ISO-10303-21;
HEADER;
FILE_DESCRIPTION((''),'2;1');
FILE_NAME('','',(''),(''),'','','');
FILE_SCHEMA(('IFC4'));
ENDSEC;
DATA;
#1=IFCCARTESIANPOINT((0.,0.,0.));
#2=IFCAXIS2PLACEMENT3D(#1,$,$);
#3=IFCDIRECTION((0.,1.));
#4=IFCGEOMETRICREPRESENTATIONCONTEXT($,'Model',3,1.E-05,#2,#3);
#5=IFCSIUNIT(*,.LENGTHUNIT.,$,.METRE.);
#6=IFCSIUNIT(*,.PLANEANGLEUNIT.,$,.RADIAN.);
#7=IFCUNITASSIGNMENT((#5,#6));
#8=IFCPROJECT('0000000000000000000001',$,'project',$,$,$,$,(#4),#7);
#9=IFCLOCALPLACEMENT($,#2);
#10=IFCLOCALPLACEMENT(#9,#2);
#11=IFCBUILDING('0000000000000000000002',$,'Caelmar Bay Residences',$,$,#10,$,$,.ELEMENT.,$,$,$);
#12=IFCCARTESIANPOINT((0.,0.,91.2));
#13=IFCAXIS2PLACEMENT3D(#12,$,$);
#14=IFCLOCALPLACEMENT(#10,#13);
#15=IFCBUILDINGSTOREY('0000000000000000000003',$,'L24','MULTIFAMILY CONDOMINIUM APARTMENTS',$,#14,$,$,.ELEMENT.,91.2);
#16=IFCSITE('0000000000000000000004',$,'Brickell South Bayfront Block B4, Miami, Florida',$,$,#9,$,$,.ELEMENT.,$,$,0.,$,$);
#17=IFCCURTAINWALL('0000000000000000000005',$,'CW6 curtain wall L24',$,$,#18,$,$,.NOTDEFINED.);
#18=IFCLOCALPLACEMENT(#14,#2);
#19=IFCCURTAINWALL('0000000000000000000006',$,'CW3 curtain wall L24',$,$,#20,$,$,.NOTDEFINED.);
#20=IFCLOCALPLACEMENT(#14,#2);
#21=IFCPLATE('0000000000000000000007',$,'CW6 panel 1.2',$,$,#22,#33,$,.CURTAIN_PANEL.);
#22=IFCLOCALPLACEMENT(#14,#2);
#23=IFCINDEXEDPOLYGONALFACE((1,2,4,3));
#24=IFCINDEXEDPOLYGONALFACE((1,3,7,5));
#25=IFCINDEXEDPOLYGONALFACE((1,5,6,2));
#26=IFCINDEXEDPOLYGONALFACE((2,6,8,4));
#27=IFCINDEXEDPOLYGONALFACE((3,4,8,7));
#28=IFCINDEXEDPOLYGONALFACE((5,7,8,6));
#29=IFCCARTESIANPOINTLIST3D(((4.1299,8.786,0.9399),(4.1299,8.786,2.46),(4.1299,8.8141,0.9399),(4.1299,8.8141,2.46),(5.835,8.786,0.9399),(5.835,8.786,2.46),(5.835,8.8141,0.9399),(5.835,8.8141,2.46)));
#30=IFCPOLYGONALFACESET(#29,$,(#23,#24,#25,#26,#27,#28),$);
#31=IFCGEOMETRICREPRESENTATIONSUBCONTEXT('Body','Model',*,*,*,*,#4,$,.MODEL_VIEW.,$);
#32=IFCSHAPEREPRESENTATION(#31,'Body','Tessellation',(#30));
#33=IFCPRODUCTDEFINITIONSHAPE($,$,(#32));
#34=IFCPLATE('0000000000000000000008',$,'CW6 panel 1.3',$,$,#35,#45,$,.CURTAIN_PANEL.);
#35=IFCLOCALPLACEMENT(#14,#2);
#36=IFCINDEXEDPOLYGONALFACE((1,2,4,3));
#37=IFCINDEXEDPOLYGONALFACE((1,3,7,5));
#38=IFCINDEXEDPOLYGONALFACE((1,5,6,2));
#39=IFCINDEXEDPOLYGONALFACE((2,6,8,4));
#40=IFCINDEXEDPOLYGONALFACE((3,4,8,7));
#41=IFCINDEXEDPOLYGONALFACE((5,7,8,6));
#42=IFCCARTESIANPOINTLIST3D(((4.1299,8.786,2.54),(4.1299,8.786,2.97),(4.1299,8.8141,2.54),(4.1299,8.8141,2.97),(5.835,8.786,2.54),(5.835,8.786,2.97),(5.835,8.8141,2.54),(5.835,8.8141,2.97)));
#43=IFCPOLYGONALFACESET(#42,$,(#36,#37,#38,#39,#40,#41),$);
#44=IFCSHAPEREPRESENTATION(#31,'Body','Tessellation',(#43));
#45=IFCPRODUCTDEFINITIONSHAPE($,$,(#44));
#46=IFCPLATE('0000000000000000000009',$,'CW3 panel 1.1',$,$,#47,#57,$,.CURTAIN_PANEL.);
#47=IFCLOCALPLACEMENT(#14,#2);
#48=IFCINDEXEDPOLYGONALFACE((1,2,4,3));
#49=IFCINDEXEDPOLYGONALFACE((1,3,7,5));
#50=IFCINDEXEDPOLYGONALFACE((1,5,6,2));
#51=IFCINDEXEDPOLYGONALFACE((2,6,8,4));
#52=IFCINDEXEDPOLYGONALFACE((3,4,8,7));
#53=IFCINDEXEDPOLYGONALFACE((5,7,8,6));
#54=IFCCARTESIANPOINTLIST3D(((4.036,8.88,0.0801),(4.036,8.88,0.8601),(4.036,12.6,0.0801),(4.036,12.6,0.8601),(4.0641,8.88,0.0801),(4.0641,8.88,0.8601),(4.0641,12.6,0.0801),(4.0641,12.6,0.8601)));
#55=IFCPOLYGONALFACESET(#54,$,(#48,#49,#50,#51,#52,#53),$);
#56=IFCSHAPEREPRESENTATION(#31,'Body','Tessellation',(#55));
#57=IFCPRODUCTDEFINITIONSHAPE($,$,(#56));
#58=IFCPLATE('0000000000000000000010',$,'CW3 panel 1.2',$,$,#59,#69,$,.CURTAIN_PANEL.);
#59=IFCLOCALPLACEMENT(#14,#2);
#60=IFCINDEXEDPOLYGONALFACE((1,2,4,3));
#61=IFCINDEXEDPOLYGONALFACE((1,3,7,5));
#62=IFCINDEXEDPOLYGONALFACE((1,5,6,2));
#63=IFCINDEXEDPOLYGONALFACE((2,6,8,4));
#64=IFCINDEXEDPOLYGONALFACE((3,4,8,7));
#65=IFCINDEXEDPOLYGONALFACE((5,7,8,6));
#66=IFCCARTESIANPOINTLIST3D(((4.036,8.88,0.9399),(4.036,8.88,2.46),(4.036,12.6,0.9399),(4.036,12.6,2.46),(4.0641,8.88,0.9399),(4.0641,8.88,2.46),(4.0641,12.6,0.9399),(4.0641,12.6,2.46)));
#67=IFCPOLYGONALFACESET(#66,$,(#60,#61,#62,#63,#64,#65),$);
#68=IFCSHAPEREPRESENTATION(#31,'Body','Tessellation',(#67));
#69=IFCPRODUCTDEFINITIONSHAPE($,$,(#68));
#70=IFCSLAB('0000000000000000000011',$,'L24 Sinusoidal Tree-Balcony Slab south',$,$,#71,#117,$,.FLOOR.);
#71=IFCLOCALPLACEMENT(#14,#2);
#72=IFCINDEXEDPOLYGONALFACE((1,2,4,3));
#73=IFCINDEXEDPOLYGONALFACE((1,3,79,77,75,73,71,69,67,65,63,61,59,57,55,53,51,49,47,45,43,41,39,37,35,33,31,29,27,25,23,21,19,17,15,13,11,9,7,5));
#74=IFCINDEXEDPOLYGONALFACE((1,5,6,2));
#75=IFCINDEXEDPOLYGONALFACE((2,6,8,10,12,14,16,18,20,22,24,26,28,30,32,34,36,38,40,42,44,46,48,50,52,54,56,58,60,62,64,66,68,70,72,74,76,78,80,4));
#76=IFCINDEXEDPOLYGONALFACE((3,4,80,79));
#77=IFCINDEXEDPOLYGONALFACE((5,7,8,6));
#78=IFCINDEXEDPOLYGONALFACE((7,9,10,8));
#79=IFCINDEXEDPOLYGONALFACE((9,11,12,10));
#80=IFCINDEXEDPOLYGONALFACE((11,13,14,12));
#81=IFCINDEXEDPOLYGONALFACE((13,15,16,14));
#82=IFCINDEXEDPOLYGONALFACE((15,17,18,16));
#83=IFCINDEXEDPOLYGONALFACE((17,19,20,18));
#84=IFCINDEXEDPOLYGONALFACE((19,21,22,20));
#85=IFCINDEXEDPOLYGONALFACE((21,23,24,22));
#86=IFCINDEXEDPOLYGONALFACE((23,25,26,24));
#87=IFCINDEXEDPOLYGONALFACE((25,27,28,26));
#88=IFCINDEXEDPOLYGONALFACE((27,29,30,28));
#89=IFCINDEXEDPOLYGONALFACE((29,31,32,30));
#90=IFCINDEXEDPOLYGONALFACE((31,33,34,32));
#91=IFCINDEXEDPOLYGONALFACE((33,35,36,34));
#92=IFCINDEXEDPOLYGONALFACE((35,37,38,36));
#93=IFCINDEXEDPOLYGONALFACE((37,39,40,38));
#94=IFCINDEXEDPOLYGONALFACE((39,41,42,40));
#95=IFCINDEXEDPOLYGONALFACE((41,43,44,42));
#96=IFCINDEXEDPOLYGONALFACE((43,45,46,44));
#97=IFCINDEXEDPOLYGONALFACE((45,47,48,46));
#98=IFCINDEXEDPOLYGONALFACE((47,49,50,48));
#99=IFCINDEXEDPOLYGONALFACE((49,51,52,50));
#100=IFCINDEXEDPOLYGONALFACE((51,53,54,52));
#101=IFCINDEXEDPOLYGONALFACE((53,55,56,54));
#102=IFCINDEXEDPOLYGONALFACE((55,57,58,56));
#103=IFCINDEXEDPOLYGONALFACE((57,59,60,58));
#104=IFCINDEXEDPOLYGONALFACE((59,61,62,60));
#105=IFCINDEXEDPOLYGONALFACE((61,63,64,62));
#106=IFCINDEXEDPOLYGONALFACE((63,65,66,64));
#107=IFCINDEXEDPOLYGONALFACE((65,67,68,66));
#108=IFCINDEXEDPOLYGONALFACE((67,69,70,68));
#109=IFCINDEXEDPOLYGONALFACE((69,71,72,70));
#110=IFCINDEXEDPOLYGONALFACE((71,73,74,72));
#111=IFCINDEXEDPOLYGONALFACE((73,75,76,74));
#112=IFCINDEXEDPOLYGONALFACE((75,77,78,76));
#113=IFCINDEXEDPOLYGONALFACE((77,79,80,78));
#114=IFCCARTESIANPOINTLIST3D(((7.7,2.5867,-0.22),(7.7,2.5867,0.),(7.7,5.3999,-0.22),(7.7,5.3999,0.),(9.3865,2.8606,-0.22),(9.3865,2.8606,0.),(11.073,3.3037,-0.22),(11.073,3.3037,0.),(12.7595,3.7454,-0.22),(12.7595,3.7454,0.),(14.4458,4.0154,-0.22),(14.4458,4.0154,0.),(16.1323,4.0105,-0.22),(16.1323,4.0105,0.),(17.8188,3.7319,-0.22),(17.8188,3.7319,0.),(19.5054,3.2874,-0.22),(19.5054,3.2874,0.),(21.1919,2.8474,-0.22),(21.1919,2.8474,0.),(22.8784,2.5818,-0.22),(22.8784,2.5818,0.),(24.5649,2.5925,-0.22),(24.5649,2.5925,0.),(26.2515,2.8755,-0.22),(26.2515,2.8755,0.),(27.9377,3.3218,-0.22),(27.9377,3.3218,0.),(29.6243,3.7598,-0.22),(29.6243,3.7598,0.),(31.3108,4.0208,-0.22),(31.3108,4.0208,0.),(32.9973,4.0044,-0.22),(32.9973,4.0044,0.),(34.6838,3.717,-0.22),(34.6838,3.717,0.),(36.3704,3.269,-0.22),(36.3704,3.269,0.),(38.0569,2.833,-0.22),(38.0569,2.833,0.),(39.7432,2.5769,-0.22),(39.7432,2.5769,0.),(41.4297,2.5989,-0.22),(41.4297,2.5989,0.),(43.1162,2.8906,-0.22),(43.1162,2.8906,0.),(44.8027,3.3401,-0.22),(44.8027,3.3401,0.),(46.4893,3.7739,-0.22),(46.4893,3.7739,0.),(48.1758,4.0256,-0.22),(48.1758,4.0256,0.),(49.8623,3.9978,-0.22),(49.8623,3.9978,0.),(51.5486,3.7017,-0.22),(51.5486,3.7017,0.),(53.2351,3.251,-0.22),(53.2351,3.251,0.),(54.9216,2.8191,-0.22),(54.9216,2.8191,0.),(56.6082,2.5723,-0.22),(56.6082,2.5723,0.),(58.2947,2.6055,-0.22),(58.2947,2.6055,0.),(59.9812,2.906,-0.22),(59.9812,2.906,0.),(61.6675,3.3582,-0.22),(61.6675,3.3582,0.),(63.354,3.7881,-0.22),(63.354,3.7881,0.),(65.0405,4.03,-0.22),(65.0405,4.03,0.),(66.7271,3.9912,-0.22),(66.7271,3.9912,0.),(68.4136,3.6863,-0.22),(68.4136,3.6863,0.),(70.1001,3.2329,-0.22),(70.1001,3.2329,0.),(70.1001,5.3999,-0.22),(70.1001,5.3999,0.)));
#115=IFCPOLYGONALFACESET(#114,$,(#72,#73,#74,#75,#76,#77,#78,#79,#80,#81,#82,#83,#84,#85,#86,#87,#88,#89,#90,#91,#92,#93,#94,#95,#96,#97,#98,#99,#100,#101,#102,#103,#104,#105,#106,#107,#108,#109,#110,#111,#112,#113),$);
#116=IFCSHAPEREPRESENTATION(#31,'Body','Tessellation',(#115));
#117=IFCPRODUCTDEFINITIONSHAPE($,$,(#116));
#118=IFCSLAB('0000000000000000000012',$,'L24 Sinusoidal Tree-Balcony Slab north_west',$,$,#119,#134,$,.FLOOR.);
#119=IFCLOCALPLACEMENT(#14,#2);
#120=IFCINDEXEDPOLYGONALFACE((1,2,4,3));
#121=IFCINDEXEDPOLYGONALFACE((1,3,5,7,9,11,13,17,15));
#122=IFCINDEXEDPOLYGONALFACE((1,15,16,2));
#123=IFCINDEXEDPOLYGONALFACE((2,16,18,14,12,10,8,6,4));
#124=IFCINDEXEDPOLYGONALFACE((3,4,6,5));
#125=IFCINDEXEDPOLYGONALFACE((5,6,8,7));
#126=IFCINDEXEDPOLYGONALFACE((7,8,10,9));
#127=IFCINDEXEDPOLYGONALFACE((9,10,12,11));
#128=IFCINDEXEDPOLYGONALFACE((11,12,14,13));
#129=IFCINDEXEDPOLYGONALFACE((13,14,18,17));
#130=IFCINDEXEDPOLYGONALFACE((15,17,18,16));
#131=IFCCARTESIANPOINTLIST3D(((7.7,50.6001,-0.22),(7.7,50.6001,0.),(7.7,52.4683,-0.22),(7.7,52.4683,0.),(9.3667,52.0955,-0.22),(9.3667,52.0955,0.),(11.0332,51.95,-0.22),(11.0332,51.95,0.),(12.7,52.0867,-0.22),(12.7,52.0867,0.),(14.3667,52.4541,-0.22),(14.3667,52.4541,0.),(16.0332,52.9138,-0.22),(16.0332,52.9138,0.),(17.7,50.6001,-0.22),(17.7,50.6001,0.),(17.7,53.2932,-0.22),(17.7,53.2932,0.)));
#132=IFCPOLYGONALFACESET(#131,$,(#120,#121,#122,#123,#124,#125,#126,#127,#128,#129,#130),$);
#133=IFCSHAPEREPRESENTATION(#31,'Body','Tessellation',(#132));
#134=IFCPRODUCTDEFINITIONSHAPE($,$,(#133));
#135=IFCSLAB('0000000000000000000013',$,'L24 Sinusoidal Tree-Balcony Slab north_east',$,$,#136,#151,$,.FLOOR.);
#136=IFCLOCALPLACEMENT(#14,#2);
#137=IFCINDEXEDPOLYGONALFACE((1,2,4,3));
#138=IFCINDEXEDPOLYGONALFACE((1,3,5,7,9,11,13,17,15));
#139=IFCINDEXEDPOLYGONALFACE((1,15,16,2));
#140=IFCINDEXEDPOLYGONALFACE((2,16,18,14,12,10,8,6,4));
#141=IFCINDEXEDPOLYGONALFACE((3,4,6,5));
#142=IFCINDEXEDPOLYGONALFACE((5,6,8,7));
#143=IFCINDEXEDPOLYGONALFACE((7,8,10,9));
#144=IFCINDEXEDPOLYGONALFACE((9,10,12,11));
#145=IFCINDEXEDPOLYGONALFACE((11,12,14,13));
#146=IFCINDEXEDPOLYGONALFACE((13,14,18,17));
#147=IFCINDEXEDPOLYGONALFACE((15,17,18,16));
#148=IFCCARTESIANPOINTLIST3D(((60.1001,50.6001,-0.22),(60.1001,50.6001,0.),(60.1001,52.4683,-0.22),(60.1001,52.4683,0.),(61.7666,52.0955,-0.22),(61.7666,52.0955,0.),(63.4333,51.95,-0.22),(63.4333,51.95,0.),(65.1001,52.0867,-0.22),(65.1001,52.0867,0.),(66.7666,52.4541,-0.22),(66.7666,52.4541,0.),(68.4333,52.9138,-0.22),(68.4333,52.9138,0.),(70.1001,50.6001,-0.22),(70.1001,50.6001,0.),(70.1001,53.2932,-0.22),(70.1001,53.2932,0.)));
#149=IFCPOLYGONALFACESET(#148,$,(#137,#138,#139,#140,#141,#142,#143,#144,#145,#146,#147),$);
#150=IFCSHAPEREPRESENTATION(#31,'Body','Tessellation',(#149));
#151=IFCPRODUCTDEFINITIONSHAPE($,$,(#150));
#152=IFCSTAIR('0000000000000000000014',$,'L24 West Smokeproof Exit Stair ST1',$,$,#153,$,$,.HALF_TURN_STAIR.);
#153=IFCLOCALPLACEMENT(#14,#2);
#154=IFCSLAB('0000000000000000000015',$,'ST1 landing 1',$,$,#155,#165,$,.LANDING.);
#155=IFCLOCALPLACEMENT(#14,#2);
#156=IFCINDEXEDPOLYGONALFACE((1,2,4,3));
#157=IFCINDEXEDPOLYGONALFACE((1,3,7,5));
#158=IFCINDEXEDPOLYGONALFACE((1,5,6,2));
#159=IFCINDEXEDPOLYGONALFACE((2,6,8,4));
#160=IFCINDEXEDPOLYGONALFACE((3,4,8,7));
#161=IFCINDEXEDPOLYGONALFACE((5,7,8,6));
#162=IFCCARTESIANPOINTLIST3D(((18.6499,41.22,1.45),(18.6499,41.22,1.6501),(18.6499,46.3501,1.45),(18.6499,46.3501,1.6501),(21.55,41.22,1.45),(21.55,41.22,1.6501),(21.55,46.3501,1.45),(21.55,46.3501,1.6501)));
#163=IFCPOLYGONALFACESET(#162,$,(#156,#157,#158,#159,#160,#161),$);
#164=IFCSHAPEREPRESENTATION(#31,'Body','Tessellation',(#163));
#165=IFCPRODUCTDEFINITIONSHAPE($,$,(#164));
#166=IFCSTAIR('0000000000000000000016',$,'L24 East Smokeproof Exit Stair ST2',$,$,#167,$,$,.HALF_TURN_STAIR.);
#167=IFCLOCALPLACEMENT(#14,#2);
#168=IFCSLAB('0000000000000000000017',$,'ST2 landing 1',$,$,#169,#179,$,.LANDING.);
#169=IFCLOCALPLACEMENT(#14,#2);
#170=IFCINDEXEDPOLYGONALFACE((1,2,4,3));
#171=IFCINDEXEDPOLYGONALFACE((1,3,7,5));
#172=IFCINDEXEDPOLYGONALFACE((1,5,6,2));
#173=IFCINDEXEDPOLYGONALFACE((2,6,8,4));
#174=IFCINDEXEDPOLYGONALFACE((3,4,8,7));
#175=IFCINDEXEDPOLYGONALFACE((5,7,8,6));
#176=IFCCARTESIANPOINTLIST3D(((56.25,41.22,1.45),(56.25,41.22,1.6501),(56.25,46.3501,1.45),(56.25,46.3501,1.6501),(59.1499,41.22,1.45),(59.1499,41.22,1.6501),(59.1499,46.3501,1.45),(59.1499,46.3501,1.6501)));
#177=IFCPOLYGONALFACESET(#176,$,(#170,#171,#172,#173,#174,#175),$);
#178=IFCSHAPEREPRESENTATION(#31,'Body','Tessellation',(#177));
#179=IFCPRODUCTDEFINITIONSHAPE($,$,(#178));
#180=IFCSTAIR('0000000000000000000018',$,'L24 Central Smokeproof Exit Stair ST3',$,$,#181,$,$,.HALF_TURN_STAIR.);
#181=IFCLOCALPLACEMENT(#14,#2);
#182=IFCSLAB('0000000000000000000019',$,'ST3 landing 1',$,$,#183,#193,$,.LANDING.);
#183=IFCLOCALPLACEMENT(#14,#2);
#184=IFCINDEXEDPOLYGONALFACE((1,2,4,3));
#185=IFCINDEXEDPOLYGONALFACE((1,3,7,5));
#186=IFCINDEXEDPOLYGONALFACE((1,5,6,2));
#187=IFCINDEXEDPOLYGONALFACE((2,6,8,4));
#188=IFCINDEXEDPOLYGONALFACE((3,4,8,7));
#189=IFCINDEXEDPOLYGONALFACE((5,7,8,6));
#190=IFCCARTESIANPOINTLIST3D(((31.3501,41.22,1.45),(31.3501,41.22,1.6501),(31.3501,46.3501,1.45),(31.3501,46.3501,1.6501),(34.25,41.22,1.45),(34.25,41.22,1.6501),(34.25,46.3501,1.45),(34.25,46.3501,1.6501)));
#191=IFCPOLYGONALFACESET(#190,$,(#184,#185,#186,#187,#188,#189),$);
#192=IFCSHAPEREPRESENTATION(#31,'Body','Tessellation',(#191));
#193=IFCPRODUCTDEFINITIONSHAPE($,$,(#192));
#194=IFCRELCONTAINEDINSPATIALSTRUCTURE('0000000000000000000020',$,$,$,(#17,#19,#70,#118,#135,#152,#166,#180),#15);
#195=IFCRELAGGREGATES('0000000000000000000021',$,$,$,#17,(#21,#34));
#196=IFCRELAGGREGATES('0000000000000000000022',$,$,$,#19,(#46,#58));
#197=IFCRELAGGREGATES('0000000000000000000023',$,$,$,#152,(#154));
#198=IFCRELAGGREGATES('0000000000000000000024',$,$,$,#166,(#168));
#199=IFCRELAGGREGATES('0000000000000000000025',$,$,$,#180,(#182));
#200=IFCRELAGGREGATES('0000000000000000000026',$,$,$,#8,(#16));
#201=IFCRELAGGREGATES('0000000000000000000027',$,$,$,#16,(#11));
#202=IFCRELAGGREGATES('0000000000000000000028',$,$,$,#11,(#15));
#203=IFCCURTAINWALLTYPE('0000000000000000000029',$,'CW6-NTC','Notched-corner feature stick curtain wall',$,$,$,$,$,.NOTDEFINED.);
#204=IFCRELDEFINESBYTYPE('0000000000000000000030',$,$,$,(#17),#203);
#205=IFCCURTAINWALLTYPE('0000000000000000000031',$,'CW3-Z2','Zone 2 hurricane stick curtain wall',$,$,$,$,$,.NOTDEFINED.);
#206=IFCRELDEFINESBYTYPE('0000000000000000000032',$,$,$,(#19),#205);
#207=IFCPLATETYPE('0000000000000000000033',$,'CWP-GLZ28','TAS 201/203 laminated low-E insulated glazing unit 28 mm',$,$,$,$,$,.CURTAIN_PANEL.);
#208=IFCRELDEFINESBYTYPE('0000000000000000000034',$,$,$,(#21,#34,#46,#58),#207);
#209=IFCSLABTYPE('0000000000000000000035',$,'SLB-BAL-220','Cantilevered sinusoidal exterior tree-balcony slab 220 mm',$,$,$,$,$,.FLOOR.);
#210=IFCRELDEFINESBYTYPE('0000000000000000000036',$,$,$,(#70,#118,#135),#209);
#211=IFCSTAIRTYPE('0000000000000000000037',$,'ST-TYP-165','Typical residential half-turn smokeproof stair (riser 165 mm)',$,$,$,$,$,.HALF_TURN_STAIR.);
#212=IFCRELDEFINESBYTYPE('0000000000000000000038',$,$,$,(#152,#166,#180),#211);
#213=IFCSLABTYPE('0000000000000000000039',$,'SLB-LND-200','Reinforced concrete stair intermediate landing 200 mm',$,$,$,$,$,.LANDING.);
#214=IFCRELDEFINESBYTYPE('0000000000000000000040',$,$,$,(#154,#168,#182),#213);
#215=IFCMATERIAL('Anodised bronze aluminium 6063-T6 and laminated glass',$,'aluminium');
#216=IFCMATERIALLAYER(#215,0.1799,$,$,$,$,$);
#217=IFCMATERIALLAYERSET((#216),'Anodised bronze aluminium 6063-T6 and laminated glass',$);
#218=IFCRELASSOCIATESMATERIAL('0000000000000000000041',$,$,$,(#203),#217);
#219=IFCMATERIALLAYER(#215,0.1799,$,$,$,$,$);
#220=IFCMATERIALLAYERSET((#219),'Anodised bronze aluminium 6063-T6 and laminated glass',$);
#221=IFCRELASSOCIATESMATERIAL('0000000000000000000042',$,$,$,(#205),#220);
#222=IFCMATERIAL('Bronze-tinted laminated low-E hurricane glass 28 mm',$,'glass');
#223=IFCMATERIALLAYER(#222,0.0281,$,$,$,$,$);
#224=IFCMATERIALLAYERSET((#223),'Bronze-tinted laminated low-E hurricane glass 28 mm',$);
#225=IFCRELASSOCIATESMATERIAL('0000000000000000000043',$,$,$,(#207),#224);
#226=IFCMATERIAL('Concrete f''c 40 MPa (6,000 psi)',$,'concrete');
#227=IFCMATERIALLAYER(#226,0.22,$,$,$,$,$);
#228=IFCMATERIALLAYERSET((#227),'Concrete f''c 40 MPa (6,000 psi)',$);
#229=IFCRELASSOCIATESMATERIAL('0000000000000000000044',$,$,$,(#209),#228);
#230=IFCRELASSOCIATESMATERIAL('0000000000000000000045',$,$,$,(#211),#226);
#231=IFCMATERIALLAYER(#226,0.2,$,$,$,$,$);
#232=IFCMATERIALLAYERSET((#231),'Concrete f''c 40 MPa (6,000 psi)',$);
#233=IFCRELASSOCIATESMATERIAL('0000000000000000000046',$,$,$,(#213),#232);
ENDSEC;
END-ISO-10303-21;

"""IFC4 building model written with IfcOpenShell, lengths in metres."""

from ifc_helpers import new_model, si_unit, direction, frame, origin, origin_2d, place, context, subcontext, project, spatial, polyline, rectangle, outline, extrude, material, layer, layer_set, type_object, element, aggregate, save


model = new_model("IFC4")

# Units and contexts
model_context = context("Model", 3, precision=1e-05, world=origin(), true_north=direction((0.0, 1.0)))
body_context = subcontext(model_context, "Body", "Model", "MODEL_VIEW")
ifc_project = project(units=[si_unit("LENGTHUNIT", "METRE"), si_unit("PLANEANGLEUNIT", "RADIAN")], contexts=[model_context])

# Site, building, storey
site_placement = place(None, origin())
site = spatial("IfcSite", under=ifc_project, at=site_placement, Name="Brickell South Bayfront Block B4, Miami, Florida", CompositionType="ELEMENT", RefElevation=0.0)
building_placement = place(site_placement, origin())
building = spatial("IfcBuilding", under=site, at=building_placement, Name="Caelmar Bay Residences", CompositionType="ELEMENT")
storey_placement = place(building_placement, frame((0.0, 0.0, 91.2)))
storey = spatial("IfcBuildingStorey", under=building, at=storey_placement, Name="L24", Description="MULTIFAMILY CONDOMINIUM APARTMENTS", CompositionType="ELEMENT", Elevation=91.2)

# Curtain wall
ifc_material_1 = material(Name="Anodised bronze aluminium 6063-T6 and laminated glass", Category="aluminium")
ifc_layer_1 = layer(ifc_material_1, 0.1799)
ifc_layer_set_1 = layer_set([ifc_layer_1], Name="Anodised bronze aluminium 6063-T6 and laminated glass")
curtain_wall_type_1 = type_object("IfcCurtainWallType", Name="CW6-NTC", Description="Notched-corner feature stick curtain wall", PredefinedType="NOTDEFINED", material=ifc_layer_set_1)
curtain_wall_1_placement = place(storey_placement, origin())
curtain_wall_1 = element("IfcCurtainWall", 1, at=curtain_wall_1_placement, inside=storey, type_object=curtain_wall_type_1, Name="CW6 curtain wall L24", PredefinedType="NOTDEFINED")

# Curtain wall
ifc_layer_2 = layer(ifc_material_1, 0.1799)
ifc_layer_set_2 = layer_set([ifc_layer_2], Name="Anodised bronze aluminium 6063-T6 and laminated glass")
curtain_wall_type_2 = type_object("IfcCurtainWallType", Name="CW3-Z2", Description="Zone 2 hurricane stick curtain wall", PredefinedType="NOTDEFINED", material=ifc_layer_set_2)
curtain_wall_2_placement = place(storey_placement, origin())
curtain_wall_2 = element("IfcCurtainWall", 2, at=curtain_wall_2_placement, inside=storey, type_object=curtain_wall_type_2, Name="CW3 curtain wall L24", PredefinedType="NOTDEFINED")

# Plates
ifc_material_2 = material(Name="Bronze-tinted laminated low-E hurricane glass 28 mm", Category="glass")
ifc_layer_3 = layer(ifc_material_2, 0.0281)
ifc_layer_set_3 = layer_set([ifc_layer_3], Name="Bronze-tinted laminated low-E hurricane glass 28 mm")
plate_type = type_object("IfcPlateType", Name="CWP-GLZ28", Description="TAS 201/203 laminated low-E insulated glazing unit 28 mm", PredefinedType="CURTAIN_PANEL", material=ifc_layer_set_3)
plate_1_placement = place(storey_placement, frame((4.9824, 8.8, 0.9399), z_axis=(0.0, 0.0, 1.0), x_axis=(1.0, 0.0, 0.0)))
plate_1 = element("IfcPlate", 3, at=plate_1_placement, type_object=plate_type, Name="CW6 panel 1.2", PredefinedType="CURTAIN_PANEL", context=body_context, shape_type="SweptSolid", body=[
    extrude(rectangle(XDim=1.7051, YDim=0.0281, at=origin_2d()), origin(), (0.0, 0.0, 1.0), 1.52),
])
plate_2_placement = place(storey_placement, frame((4.9824, 8.8, 2.54), z_axis=(0.0, 0.0, 1.0), x_axis=(1.0, 0.0, 0.0)))
plate_2 = element("IfcPlate", 4, at=plate_2_placement, type_object=plate_type, Name="CW6 panel 1.3", PredefinedType="CURTAIN_PANEL", context=body_context, shape_type="SweptSolid", body=[
    extrude(rectangle(XDim=1.7051, YDim=0.0281, at=origin_2d()), origin(), (0.0, 0.0, 1.0), 0.4299),
])
aggregate(curtain_wall_1, [plate_1, plate_2])
plate_3_placement = place(storey_placement, frame((4.05, 10.74, 0.0801), z_axis=(0.0, 0.0, 1.0), x_axis=(0.0, 1.0, 0.0)))
plate_3 = element("IfcPlate", 5, at=plate_3_placement, type_object=plate_type, Name="CW3 panel 1.1", PredefinedType="CURTAIN_PANEL", context=body_context, shape_type="SweptSolid", body=[
    extrude(rectangle(XDim=3.72, YDim=0.0281, at=origin_2d()), origin(), (0.0, 0.0, 1.0), 0.78),
])
plate_4_placement = place(storey_placement, frame((4.05, 10.74, 0.9399), z_axis=(0.0, 0.0, 1.0), x_axis=(0.0, 1.0, 0.0)))
plate_4 = element("IfcPlate", 6, at=plate_4_placement, type_object=plate_type, Name="CW3 panel 1.2", PredefinedType="CURTAIN_PANEL", context=body_context, shape_type="SweptSolid", body=[
    extrude(rectangle(XDim=3.72, YDim=0.0281, at=origin_2d()), origin(), (0.0, 0.0, 1.0), 1.52),
])
aggregate(curtain_wall_2, [plate_3, plate_4])

# Slabs
ifc_material_3 = material(Name="Concrete f'c 40 MPa (6,000 psi)", Category="concrete")
ifc_layer_4 = layer(ifc_material_3, 0.22)
ifc_layer_set_4 = layer_set([ifc_layer_4], Name="Concrete f'c 40 MPa (6,000 psi)")
slab_type_1 = type_object("IfcSlabType", Name="SLB-BAL-220", Description="Cantilevered sinusoidal exterior tree-balcony slab 220 mm", PredefinedType="FLOOR", material=ifc_layer_set_4)
slab_1_placement = place(storey_placement, frame((0.0, 0.0, -0.22)))
element("IfcSlab", 7, at=slab_1_placement, inside=storey, type_object=slab_type_1, Name="L24 Sinusoidal Tree-Balcony Slab south", PredefinedType="FLOOR", context=body_context, shape_type="SweptSolid", body=[
    extrude(outline(polyline([(7.7, 2.5867), (9.3865, 2.8606), (11.073, 3.3037), (12.7595, 3.7454), (14.4458, 4.0154), (16.1323, 4.0105), (17.8188, 3.7319), (19.5054, 3.2874), (21.1919, 2.8474), (22.8784, 2.5818), (24.5649, 2.5925), (26.2515, 2.8755), (27.9377, 3.3218), (29.6243, 3.7598), (31.3108, 4.0208), (32.9973, 4.0044), (34.6838, 3.717), (36.3704, 3.269), (38.0569, 2.833), (39.7432, 2.5769), (41.4297, 2.5989), (43.1162, 2.8906), (44.8027, 3.3401), (46.4893, 3.7739), (48.1758, 4.0256), (49.8623, 3.9978), (51.5486, 3.7017), (53.2351, 3.251), (54.9216, 2.8191), (56.6082, 2.5723), (58.2947, 2.6055), (59.9812, 2.906), (61.6675, 3.3582), (63.354, 3.7881), (65.0405, 4.03), (66.7271, 3.9912), (68.4136, 3.6863), (70.1001, 3.2329), (70.1001, 5.3999), (7.7, 5.3999), (7.7, 2.5867)])), origin(), (0.0, 0.0, 1.0), 0.22),
])
slab_2_placement = place(storey_placement, frame((0.0, 0.0, -0.22)))
element("IfcSlab", 8, at=slab_2_placement, inside=storey, type_object=slab_type_1, Name="L24 Sinusoidal Tree-Balcony Slab north_west", PredefinedType="FLOOR", context=body_context, shape_type="SweptSolid", body=[
    extrude(outline(polyline([(7.7, 50.6001), (17.7, 50.6001), (17.7, 53.2932), (16.0332, 52.9138), (14.3667, 52.4541), (12.7, 52.0867), (11.0332, 51.95), (9.3667, 52.0955), (7.7, 52.4683), (7.7, 50.6001)])), origin(), (0.0, 0.0, 1.0), 0.22),
])
slab_3_placement = place(storey_placement, frame((0.0, 0.0, -0.22)))
element("IfcSlab", 9, at=slab_3_placement, inside=storey, type_object=slab_type_1, Name="L24 Sinusoidal Tree-Balcony Slab north_east", PredefinedType="FLOOR", context=body_context, shape_type="SweptSolid", body=[
    extrude(outline(polyline([(60.1001, 50.6001), (70.1001, 50.6001), (70.1001, 53.2932), (68.4333, 52.9138), (66.7666, 52.4541), (65.1001, 52.0867), (63.4333, 51.95), (61.7666, 52.0955), (60.1001, 52.4683), (60.1001, 50.6001)])), origin(), (0.0, 0.0, 1.0), 0.22),
])

# Stairs, slabs
stair_type = type_object("IfcStairType", Name="ST-TYP-165", Description="Typical residential half-turn smokeproof stair (riser 165 mm)", PredefinedType="HALF_TURN_STAIR", material=ifc_material_3)
stair_1_placement = place(storey_placement, origin())
stair_1 = element("IfcStair", 10, at=stair_1_placement, inside=storey, type_object=stair_type, Name="L24 West Smokeproof Exit Stair ST1", PredefinedType="HALF_TURN_STAIR")
ifc_layer_5 = layer(ifc_material_3, 0.2)
ifc_layer_set_5 = layer_set([ifc_layer_5], Name="Concrete f'c 40 MPa (6,000 psi)")
slab_type_2 = type_object("IfcSlabType", Name="SLB-LND-200", Description="Reinforced concrete stair intermediate landing 200 mm", PredefinedType="LANDING", material=ifc_layer_set_5)
slab_4_placement = place(storey_placement, frame((0.0, 0.0, 1.45)))
slab_4 = element("IfcSlab", 11, at=slab_4_placement, type_object=slab_type_2, Name="ST1 landing 1", PredefinedType="LANDING", context=body_context, shape_type="SweptSolid", body=[
    extrude(outline(polyline([(21.55, 41.22), (21.55, 46.3501), (18.6499, 46.3501), (18.6499, 41.22), (21.55, 41.22)])), origin(), (0.0, 0.0, 1.0), 0.2002),
])
aggregate(stair_1, [slab_4])
stair_2_placement = place(storey_placement, origin())
stair_2 = element("IfcStair", 12, at=stair_2_placement, inside=storey, type_object=stair_type, Name="L24 East Smokeproof Exit Stair ST2", PredefinedType="HALF_TURN_STAIR")
slab_5_placement = place(storey_placement, frame((0.0, 0.0, 1.45)))
slab_5 = element("IfcSlab", 13, at=slab_5_placement, type_object=slab_type_2, Name="ST2 landing 1", PredefinedType="LANDING", context=body_context, shape_type="SweptSolid", body=[
    extrude(outline(polyline([(59.1499, 41.22), (59.1499, 46.3501), (56.25, 46.3501), (56.25, 41.22), (59.1499, 41.22)])), origin(), (0.0, 0.0, 1.0), 0.2002),
])
aggregate(stair_2, [slab_5])
stair_3_placement = place(storey_placement, origin())
stair_3 = element("IfcStair", 14, at=stair_3_placement, inside=storey, type_object=stair_type, Name="L24 Central Smokeproof Exit Stair ST3", PredefinedType="HALF_TURN_STAIR")
slab_6_placement = place(storey_placement, frame((0.0, 0.0, 1.45)))
slab_6 = element("IfcSlab", 15, at=slab_6_placement, type_object=slab_type_2, Name="ST3 landing 1", PredefinedType="LANDING", context=body_context, shape_type="SweptSolid", body=[
    extrude(outline(polyline([(34.25, 41.22), (34.25, 46.3501), (31.3501, 46.3501), (31.3501, 41.22), (34.25, 41.22)])), origin(), (0.0, 0.0, 1.0), 0.2002),
])
aggregate(stair_3, [slab_6])

save(model, "model.ifc")
